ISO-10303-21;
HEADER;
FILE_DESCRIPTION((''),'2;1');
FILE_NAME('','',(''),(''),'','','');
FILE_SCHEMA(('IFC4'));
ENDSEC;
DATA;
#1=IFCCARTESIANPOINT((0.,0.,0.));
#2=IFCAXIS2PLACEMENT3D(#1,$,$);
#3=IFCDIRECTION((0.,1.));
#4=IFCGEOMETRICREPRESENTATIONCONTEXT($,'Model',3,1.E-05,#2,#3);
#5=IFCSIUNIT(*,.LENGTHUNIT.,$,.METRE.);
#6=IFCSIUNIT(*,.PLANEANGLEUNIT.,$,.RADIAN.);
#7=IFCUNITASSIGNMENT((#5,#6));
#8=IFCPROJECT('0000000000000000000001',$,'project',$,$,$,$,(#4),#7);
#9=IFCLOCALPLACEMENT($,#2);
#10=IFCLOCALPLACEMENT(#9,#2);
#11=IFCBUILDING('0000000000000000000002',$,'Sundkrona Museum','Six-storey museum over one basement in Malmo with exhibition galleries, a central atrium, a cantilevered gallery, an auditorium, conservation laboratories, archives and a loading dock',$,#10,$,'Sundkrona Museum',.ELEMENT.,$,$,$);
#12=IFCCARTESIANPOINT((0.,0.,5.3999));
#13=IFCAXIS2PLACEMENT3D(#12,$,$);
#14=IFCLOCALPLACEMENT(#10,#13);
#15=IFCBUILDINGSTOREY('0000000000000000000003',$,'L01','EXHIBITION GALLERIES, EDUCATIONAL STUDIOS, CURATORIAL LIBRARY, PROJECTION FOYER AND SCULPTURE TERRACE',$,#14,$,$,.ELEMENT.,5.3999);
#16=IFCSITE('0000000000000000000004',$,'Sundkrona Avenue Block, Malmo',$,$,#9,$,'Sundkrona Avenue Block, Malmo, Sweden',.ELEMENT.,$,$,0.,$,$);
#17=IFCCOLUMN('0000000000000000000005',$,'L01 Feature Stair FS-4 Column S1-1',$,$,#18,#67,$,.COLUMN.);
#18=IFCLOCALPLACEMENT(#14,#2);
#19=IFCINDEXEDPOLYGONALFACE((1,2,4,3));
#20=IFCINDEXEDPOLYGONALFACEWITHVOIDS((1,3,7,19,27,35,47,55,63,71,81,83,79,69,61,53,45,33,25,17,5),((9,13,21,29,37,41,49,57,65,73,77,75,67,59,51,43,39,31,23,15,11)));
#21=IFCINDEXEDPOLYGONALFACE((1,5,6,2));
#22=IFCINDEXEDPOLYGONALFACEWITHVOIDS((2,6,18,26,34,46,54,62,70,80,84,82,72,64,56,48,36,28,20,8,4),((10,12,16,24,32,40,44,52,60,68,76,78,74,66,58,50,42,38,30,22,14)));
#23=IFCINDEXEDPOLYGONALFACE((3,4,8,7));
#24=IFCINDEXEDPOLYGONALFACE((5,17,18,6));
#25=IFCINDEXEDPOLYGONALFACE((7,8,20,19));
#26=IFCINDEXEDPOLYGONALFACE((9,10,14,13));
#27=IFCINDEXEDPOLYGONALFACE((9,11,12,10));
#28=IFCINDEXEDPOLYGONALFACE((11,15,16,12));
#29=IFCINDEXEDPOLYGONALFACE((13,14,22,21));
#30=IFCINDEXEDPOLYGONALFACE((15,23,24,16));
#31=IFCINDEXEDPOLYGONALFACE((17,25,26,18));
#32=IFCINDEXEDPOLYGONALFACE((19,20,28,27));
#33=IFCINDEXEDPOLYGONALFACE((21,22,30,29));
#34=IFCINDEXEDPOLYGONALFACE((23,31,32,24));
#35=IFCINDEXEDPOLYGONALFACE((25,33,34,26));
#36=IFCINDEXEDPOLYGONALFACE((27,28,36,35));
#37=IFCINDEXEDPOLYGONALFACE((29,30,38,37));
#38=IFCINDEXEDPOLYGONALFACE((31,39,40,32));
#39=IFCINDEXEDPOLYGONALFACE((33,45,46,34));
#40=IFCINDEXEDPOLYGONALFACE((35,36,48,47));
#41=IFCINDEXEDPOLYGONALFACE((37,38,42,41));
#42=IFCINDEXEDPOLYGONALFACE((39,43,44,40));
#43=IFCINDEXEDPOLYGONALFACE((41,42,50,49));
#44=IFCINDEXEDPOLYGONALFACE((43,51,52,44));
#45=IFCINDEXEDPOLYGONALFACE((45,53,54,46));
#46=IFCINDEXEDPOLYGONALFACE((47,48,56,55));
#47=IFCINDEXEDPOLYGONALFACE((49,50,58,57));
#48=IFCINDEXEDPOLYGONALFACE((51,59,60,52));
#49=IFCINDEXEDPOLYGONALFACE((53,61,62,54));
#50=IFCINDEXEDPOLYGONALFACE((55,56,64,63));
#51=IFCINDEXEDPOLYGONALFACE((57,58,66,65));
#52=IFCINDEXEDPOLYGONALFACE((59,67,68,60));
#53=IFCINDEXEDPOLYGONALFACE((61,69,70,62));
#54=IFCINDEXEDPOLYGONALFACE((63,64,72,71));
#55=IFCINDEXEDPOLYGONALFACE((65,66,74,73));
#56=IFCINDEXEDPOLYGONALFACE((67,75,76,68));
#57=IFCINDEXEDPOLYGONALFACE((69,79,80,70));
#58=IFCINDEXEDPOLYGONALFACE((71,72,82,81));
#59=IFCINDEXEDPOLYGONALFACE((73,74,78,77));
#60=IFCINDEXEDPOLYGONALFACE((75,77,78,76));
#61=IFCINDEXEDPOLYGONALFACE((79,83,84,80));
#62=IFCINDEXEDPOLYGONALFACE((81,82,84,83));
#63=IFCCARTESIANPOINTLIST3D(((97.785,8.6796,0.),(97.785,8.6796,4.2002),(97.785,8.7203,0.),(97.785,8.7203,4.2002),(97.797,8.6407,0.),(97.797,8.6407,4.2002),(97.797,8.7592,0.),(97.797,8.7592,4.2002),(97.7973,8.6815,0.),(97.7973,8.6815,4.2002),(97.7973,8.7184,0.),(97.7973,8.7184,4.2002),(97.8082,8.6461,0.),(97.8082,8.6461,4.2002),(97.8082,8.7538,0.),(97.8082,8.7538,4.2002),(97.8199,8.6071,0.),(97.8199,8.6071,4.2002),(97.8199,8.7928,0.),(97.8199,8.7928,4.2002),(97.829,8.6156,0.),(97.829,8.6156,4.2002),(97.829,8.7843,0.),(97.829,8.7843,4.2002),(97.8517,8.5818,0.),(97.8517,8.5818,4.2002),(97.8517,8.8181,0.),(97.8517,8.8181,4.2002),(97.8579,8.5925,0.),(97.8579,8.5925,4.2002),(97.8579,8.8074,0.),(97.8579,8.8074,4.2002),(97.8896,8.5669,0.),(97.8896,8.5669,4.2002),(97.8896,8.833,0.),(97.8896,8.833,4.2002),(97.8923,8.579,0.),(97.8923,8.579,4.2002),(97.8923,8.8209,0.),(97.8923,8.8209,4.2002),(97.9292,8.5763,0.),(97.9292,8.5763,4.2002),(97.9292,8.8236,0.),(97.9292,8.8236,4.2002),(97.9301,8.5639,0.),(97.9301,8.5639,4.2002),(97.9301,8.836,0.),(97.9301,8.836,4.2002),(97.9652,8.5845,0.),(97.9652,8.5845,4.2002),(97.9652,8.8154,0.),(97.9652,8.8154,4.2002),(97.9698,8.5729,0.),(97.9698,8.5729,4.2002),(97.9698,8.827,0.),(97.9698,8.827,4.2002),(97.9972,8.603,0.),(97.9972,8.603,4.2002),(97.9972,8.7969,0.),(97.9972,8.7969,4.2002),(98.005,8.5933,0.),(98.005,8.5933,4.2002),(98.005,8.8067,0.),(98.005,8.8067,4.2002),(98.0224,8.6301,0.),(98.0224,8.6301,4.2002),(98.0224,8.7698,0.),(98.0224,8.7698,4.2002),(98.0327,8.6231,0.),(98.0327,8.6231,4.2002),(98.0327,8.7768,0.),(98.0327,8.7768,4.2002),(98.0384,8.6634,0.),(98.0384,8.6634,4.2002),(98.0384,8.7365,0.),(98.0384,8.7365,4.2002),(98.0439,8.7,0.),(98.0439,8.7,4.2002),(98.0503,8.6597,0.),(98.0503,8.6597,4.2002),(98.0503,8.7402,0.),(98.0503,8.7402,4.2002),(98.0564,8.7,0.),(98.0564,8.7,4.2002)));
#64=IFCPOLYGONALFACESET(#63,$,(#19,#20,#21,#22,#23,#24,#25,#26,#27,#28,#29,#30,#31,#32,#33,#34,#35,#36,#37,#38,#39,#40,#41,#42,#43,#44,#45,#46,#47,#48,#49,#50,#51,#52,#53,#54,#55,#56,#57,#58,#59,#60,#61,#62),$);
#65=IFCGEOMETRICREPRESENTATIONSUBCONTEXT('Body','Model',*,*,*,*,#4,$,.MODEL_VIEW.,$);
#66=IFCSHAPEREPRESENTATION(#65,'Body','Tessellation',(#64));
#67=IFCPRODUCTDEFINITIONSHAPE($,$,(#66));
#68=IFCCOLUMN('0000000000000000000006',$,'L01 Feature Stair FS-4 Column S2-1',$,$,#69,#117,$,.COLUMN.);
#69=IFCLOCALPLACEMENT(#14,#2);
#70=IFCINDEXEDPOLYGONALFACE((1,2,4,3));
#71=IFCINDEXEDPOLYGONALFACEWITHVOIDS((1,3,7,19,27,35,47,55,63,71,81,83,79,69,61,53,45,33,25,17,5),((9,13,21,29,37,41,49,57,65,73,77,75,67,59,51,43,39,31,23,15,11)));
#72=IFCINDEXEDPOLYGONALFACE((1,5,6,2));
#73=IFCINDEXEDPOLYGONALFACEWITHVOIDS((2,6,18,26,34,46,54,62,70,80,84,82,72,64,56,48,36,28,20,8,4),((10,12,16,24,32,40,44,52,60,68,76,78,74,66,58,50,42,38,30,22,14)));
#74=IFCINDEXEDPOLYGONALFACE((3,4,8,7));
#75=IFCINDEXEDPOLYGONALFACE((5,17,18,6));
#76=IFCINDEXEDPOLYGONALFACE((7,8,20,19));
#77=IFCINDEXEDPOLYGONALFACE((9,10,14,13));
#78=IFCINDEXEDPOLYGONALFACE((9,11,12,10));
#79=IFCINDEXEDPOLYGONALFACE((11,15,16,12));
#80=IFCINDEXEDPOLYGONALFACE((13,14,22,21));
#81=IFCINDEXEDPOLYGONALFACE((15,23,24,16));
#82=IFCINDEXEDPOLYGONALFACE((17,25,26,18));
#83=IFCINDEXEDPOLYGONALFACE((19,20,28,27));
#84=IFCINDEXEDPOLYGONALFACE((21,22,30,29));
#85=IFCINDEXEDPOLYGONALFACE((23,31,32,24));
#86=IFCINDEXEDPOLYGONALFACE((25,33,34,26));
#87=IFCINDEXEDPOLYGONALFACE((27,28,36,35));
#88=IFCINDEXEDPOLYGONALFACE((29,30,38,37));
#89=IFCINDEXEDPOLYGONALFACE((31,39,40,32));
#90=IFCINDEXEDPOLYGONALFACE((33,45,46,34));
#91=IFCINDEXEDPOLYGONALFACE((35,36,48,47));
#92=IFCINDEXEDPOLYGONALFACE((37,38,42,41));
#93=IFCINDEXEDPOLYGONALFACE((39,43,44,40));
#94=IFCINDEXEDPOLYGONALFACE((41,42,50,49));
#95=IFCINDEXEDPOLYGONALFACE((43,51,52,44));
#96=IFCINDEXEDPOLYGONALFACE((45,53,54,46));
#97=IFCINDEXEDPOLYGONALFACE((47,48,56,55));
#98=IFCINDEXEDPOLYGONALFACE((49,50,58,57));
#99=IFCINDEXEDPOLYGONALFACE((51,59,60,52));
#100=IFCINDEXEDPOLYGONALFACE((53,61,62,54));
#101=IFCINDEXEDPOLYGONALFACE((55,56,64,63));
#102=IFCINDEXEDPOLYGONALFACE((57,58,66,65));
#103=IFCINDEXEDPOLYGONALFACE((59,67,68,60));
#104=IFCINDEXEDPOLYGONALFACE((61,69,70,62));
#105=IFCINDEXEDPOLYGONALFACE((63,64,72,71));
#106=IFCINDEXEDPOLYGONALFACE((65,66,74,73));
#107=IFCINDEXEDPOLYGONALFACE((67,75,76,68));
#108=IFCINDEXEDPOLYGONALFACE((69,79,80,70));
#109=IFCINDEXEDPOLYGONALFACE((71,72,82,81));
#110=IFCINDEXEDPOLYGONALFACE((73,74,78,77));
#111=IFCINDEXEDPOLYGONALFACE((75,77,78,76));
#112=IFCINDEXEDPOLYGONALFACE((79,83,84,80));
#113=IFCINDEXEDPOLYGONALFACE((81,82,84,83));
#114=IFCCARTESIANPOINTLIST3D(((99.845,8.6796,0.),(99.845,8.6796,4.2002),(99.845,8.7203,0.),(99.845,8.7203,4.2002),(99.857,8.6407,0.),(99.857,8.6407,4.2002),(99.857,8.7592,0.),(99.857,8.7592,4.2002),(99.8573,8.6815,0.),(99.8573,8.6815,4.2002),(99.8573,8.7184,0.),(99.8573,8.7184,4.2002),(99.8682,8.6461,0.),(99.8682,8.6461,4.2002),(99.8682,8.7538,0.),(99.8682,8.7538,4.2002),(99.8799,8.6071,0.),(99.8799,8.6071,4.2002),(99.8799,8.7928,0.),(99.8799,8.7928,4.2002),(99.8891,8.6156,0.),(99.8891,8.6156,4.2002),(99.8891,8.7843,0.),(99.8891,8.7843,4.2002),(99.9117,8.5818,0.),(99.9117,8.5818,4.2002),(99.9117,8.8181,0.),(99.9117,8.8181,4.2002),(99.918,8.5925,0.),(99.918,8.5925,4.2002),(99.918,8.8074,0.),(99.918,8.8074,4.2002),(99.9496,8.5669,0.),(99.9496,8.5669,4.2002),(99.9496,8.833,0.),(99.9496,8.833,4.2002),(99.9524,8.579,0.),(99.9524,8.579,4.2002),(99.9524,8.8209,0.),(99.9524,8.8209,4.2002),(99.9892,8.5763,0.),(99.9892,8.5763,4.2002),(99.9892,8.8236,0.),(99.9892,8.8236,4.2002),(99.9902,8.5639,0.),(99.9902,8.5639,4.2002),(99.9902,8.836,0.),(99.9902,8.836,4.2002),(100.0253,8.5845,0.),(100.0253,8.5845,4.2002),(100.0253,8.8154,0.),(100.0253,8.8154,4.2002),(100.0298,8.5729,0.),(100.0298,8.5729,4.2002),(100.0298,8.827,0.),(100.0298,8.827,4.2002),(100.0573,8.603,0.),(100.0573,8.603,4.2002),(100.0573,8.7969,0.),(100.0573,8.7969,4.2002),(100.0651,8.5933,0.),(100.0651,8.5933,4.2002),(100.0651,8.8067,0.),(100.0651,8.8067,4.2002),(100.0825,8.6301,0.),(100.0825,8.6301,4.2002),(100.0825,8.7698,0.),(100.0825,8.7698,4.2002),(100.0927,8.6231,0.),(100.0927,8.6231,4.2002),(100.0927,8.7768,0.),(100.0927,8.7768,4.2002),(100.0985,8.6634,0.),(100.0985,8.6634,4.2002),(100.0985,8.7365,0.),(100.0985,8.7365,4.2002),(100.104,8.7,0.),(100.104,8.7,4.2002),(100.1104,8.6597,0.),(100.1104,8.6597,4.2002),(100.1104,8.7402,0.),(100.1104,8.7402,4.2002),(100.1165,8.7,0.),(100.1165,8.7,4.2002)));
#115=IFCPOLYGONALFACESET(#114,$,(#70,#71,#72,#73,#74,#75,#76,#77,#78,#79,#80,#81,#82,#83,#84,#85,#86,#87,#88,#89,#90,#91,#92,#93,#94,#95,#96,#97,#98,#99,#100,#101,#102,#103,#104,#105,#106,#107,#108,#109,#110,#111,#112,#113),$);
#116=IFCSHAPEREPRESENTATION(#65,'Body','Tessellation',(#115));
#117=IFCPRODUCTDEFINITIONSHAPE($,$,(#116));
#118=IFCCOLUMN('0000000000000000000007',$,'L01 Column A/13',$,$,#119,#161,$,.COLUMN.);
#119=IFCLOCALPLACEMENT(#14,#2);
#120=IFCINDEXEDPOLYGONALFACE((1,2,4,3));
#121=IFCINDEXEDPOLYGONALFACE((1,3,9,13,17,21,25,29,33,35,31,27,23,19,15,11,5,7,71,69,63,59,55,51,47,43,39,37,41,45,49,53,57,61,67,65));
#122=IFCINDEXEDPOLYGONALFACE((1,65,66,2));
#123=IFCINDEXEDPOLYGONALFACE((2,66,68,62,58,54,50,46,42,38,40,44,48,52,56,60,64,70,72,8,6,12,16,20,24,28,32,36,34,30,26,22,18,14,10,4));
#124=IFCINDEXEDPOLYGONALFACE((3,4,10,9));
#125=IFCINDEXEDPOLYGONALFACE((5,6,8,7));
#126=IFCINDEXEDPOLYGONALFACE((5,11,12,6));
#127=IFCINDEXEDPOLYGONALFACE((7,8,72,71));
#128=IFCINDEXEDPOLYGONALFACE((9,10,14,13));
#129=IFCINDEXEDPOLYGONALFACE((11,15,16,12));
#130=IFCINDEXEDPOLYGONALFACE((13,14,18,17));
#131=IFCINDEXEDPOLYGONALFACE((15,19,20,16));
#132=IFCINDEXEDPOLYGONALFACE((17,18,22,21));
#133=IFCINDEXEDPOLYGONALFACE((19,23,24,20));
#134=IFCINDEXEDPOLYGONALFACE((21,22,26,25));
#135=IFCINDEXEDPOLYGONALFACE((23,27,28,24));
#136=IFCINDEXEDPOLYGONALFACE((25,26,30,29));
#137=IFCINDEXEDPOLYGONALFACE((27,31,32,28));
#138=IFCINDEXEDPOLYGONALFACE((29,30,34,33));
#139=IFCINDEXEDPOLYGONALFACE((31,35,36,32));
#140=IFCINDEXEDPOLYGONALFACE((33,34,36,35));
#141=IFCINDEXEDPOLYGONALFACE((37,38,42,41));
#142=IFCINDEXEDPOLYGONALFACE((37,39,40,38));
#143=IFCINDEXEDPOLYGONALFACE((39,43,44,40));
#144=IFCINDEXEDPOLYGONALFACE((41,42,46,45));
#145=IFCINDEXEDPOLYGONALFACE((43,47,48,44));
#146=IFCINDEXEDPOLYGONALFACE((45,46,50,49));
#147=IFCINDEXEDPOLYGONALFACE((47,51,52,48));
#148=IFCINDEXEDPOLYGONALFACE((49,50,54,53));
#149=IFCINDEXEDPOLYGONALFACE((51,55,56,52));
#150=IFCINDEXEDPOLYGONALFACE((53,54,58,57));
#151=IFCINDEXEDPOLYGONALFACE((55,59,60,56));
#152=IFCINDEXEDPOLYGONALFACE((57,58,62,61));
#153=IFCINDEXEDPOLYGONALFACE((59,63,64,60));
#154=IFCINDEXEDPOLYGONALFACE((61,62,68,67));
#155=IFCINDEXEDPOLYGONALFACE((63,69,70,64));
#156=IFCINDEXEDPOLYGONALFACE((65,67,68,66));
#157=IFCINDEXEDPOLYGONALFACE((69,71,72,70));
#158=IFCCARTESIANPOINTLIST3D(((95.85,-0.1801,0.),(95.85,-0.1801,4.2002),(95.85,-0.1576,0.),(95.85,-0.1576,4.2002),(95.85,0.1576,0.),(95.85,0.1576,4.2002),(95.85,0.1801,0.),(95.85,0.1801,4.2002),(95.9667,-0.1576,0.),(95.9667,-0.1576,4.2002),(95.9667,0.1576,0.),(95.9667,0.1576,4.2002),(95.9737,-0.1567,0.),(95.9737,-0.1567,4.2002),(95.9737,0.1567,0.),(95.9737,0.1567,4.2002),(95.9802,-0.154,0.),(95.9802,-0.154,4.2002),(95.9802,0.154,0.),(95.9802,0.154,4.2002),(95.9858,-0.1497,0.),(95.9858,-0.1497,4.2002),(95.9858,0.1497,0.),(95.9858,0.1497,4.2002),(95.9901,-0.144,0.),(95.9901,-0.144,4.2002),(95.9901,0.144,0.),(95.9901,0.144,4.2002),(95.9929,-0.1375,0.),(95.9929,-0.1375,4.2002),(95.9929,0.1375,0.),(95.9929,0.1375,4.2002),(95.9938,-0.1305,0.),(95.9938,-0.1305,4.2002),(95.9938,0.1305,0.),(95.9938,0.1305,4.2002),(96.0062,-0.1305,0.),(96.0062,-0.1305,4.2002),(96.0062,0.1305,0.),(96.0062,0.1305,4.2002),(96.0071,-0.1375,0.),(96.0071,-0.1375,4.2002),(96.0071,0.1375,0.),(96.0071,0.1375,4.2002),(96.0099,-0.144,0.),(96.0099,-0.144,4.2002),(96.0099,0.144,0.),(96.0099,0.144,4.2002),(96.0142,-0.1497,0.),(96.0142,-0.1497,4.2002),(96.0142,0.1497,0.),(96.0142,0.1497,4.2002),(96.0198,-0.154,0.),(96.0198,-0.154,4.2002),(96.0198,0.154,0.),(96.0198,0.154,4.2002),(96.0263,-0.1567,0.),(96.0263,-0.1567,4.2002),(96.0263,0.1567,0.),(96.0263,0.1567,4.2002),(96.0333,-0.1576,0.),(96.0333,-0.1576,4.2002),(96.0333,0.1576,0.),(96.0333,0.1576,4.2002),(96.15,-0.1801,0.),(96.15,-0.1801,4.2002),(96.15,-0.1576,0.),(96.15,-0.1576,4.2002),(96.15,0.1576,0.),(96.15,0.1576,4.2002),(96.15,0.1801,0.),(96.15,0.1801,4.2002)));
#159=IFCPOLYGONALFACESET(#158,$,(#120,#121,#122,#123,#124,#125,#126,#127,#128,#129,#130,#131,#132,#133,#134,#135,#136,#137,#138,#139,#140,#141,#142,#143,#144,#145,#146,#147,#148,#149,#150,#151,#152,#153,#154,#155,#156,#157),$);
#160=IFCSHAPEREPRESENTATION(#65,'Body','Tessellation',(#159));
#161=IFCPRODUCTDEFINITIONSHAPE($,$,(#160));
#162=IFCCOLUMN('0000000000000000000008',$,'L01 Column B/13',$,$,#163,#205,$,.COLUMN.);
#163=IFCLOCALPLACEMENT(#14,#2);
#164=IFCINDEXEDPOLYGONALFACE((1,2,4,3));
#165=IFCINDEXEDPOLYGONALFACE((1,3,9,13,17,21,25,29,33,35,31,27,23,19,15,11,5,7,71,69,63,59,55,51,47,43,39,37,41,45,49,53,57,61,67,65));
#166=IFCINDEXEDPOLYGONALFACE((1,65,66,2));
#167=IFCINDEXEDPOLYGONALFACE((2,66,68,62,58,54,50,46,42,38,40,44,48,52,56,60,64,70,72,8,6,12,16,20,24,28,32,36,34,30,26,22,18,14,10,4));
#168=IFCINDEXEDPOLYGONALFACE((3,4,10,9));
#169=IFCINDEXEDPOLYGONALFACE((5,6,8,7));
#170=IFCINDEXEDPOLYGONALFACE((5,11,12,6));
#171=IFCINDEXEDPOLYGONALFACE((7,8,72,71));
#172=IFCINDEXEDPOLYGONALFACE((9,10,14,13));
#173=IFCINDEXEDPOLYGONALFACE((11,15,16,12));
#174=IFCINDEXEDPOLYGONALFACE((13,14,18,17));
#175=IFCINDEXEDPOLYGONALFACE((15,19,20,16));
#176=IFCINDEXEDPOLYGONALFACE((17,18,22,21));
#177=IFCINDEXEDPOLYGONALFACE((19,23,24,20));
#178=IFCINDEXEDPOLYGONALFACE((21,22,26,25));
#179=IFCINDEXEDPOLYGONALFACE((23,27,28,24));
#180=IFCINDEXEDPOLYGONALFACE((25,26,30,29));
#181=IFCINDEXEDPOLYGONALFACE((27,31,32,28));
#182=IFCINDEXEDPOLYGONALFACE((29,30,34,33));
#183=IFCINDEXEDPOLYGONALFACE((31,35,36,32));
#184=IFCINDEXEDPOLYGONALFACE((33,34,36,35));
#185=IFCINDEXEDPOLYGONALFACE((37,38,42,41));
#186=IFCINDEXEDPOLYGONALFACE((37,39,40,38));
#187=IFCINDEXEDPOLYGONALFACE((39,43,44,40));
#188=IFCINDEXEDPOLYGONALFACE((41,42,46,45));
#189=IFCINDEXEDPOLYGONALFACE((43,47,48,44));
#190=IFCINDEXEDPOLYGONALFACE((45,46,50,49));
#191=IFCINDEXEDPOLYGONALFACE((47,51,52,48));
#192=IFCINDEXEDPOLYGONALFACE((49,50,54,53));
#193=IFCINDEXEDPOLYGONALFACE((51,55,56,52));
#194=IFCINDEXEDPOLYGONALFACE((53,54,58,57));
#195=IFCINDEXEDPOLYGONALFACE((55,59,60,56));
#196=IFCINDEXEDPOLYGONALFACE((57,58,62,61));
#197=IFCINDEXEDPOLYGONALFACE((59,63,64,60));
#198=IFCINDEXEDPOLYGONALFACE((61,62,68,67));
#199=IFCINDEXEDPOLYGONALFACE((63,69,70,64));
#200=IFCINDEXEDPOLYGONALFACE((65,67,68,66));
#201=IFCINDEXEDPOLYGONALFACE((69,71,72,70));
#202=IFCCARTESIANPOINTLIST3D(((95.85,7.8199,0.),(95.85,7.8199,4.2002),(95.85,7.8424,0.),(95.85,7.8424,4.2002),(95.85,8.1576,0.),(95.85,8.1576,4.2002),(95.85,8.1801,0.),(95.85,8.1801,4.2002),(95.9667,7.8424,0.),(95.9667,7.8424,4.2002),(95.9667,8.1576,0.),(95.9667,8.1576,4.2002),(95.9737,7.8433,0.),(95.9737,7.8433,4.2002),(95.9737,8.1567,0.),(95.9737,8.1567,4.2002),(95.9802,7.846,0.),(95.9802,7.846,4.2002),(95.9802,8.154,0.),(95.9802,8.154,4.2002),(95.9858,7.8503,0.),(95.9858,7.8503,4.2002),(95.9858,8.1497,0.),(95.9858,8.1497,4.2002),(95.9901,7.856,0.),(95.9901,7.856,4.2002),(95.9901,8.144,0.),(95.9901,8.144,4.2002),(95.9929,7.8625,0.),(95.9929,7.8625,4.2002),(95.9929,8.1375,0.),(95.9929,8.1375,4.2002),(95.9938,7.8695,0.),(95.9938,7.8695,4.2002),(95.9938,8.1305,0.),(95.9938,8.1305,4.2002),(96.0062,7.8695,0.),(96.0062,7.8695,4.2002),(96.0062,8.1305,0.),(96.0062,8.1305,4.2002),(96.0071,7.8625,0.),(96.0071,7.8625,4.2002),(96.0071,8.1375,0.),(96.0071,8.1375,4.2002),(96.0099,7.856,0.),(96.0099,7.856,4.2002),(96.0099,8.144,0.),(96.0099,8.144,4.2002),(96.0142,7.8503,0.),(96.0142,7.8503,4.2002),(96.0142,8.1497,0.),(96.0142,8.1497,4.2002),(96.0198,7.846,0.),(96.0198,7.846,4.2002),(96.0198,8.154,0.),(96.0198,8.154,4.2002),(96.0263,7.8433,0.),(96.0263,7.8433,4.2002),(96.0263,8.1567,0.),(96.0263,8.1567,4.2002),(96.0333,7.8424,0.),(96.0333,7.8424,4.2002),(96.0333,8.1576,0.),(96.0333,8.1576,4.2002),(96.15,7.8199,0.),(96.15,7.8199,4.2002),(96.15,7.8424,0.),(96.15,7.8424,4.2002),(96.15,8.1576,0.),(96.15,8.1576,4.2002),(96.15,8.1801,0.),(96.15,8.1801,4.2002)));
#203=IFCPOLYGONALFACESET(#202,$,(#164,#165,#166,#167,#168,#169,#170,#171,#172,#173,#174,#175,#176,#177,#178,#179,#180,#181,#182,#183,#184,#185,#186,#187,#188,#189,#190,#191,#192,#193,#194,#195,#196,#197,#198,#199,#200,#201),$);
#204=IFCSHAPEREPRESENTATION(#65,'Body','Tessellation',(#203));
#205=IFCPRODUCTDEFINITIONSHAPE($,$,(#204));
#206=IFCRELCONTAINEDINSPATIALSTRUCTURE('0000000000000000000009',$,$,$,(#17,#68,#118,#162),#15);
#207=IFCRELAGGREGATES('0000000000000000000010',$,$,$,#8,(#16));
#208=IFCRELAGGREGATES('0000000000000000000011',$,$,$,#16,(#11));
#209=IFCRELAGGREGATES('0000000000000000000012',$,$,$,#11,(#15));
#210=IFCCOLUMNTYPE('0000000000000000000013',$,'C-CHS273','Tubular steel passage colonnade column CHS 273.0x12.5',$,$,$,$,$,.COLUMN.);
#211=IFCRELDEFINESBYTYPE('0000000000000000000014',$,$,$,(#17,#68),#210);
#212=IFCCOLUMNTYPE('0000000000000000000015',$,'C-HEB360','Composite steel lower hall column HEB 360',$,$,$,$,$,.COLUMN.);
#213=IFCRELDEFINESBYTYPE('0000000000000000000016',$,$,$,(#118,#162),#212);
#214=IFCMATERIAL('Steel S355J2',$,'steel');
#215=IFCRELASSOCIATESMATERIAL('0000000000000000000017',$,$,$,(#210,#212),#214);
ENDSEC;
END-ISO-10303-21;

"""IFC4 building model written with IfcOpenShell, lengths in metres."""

from ifc_helpers import new_model, si_unit, direction, frame, origin, origin_2d, place, context, subcontext, project, spatial, hollow_circle, i_section, extrude, material, material_profile, profile_set, type_object, element, save


model = new_model("IFC4")

# Units and contexts
model_context = context("Model", 3, precision=1e-05, world=origin(), true_north=direction((0.0, 1.0)))
body_context = subcontext(model_context, "Body", "Model", "MODEL_VIEW")
ifc_project = project(units=[si_unit("LENGTHUNIT", "METRE"), si_unit("PLANEANGLEUNIT", "RADIAN")], contexts=[model_context])

# Site, building, storey
site_placement = place(None, origin())
site = spatial("IfcSite", under=ifc_project, at=site_placement, Name="Sundkrona Avenue Block, Malmo", LongName="Sundkrona Avenue Block, Malmo, Sweden", CompositionType="ELEMENT", RefElevation=0.0)
building_placement = place(site_placement, origin())
building = spatial("IfcBuilding", under=site, at=building_placement, Name="Sundkrona Museum", Description="Six-storey museum over one basement in Malmo with exhibition galleries, a central atrium, a cantilevered gallery, an auditorium, conservation laboratories, archives and a loading dock", LongName="Sundkrona Museum", CompositionType="ELEMENT")
storey_placement = place(building_placement, frame((0.0, 0.0, 5.3999)))
storey = spatial("IfcBuildingStorey", under=building, at=storey_placement, Name="L01", Description="EXHIBITION GALLERIES, EDUCATIONAL STUDIOS, CURATORIAL LIBRARY, PROJECTION FOYER AND SCULPTURE TERRACE", CompositionType="ELEMENT", Elevation=5.3999)

# Columns
ifc_material_1 = material(Name="Steel S355J2", Category="steel")
ifc_material_profile_1 = material_profile(ifc_material_1, hollow_circle(Radius=0.1365, WallThickness=0.0125, at=origin_2d()), Name="CHS 273.0x12.5")
ifc_profile_set_1 = profile_set([ifc_material_profile_1], Name="Steel S355J2")
column_type_1 = type_object("IfcColumnType", Name="C-CHS273", Description="Tubular steel passage colonnade column CHS 273.0x12.5", PredefinedType="COLUMN", material=ifc_profile_set_1)
for number, where, z_axis, x_axis, name in (
    (1, (97.9199, 8.7, 0.0), (0.0, 0.0, 1.0), (1.0, 0.0, 0.0), "L01 Feature Stair FS-4 Column S1-1"),
    (2, (99.98, 8.7, 0.0), (0.0, 0.0, 1.0), (1.0, 0.0, 0.0), "L01 Feature Stair FS-4 Column S2-1"),
):
    element("IfcColumn", number, at=place(storey_placement, frame(where, z_axis=z_axis, x_axis=x_axis)), inside=storey, type_object=column_type_1, Name=name, PredefinedType="COLUMN", context=body_context, shape_type="SweptSolid", body=[
        extrude(hollow_circle(Radius=0.1365, WallThickness=0.0125, at=origin_2d()), origin(), (0.0, 0.0, 1.0), 4.2002),
    ])
ifc_material_profile_2 = material_profile(ifc_material_1, i_section(OverallWidth=0.3, OverallDepth=0.3601, WebThickness=0.0125, FlangeThickness=0.0225, FilletRadius=0.0271, at=origin_2d()), Name="HEB 360")
ifc_profile_set_2 = profile_set([ifc_material_profile_2], Name="Steel S355J2")
column_type_2 = type_object("IfcColumnType", Name="C-HEB360", Description="Composite steel lower hall column HEB 360", PredefinedType="COLUMN", material=ifc_profile_set_2)
for number, where, z_axis, x_axis, name in (
    (3, (96.0, 0.0, 0.0), (0.0, 0.0, 1.0), (1.0, 0.0, 0.0), "L01 Column A/13"),
    (4, (96.0, 8.0, 0.0), (0.0, 0.0, 1.0), (1.0, 0.0, 0.0), "L01 Column B/13"),
):
    element("IfcColumn", number, at=place(storey_placement, frame(where, z_axis=z_axis, x_axis=x_axis)), inside=storey, type_object=column_type_2, Name=name, PredefinedType="COLUMN", context=body_context, shape_type="SweptSolid", body=[
        extrude(i_section(OverallWidth=0.3, OverallDepth=0.3601, WebThickness=0.0125, FlangeThickness=0.0225, FilletRadius=0.0271, at=origin_2d()), origin(), (0.0, 0.0, 1.0), 4.2002),
    ])

save(model, "model.ifc")
